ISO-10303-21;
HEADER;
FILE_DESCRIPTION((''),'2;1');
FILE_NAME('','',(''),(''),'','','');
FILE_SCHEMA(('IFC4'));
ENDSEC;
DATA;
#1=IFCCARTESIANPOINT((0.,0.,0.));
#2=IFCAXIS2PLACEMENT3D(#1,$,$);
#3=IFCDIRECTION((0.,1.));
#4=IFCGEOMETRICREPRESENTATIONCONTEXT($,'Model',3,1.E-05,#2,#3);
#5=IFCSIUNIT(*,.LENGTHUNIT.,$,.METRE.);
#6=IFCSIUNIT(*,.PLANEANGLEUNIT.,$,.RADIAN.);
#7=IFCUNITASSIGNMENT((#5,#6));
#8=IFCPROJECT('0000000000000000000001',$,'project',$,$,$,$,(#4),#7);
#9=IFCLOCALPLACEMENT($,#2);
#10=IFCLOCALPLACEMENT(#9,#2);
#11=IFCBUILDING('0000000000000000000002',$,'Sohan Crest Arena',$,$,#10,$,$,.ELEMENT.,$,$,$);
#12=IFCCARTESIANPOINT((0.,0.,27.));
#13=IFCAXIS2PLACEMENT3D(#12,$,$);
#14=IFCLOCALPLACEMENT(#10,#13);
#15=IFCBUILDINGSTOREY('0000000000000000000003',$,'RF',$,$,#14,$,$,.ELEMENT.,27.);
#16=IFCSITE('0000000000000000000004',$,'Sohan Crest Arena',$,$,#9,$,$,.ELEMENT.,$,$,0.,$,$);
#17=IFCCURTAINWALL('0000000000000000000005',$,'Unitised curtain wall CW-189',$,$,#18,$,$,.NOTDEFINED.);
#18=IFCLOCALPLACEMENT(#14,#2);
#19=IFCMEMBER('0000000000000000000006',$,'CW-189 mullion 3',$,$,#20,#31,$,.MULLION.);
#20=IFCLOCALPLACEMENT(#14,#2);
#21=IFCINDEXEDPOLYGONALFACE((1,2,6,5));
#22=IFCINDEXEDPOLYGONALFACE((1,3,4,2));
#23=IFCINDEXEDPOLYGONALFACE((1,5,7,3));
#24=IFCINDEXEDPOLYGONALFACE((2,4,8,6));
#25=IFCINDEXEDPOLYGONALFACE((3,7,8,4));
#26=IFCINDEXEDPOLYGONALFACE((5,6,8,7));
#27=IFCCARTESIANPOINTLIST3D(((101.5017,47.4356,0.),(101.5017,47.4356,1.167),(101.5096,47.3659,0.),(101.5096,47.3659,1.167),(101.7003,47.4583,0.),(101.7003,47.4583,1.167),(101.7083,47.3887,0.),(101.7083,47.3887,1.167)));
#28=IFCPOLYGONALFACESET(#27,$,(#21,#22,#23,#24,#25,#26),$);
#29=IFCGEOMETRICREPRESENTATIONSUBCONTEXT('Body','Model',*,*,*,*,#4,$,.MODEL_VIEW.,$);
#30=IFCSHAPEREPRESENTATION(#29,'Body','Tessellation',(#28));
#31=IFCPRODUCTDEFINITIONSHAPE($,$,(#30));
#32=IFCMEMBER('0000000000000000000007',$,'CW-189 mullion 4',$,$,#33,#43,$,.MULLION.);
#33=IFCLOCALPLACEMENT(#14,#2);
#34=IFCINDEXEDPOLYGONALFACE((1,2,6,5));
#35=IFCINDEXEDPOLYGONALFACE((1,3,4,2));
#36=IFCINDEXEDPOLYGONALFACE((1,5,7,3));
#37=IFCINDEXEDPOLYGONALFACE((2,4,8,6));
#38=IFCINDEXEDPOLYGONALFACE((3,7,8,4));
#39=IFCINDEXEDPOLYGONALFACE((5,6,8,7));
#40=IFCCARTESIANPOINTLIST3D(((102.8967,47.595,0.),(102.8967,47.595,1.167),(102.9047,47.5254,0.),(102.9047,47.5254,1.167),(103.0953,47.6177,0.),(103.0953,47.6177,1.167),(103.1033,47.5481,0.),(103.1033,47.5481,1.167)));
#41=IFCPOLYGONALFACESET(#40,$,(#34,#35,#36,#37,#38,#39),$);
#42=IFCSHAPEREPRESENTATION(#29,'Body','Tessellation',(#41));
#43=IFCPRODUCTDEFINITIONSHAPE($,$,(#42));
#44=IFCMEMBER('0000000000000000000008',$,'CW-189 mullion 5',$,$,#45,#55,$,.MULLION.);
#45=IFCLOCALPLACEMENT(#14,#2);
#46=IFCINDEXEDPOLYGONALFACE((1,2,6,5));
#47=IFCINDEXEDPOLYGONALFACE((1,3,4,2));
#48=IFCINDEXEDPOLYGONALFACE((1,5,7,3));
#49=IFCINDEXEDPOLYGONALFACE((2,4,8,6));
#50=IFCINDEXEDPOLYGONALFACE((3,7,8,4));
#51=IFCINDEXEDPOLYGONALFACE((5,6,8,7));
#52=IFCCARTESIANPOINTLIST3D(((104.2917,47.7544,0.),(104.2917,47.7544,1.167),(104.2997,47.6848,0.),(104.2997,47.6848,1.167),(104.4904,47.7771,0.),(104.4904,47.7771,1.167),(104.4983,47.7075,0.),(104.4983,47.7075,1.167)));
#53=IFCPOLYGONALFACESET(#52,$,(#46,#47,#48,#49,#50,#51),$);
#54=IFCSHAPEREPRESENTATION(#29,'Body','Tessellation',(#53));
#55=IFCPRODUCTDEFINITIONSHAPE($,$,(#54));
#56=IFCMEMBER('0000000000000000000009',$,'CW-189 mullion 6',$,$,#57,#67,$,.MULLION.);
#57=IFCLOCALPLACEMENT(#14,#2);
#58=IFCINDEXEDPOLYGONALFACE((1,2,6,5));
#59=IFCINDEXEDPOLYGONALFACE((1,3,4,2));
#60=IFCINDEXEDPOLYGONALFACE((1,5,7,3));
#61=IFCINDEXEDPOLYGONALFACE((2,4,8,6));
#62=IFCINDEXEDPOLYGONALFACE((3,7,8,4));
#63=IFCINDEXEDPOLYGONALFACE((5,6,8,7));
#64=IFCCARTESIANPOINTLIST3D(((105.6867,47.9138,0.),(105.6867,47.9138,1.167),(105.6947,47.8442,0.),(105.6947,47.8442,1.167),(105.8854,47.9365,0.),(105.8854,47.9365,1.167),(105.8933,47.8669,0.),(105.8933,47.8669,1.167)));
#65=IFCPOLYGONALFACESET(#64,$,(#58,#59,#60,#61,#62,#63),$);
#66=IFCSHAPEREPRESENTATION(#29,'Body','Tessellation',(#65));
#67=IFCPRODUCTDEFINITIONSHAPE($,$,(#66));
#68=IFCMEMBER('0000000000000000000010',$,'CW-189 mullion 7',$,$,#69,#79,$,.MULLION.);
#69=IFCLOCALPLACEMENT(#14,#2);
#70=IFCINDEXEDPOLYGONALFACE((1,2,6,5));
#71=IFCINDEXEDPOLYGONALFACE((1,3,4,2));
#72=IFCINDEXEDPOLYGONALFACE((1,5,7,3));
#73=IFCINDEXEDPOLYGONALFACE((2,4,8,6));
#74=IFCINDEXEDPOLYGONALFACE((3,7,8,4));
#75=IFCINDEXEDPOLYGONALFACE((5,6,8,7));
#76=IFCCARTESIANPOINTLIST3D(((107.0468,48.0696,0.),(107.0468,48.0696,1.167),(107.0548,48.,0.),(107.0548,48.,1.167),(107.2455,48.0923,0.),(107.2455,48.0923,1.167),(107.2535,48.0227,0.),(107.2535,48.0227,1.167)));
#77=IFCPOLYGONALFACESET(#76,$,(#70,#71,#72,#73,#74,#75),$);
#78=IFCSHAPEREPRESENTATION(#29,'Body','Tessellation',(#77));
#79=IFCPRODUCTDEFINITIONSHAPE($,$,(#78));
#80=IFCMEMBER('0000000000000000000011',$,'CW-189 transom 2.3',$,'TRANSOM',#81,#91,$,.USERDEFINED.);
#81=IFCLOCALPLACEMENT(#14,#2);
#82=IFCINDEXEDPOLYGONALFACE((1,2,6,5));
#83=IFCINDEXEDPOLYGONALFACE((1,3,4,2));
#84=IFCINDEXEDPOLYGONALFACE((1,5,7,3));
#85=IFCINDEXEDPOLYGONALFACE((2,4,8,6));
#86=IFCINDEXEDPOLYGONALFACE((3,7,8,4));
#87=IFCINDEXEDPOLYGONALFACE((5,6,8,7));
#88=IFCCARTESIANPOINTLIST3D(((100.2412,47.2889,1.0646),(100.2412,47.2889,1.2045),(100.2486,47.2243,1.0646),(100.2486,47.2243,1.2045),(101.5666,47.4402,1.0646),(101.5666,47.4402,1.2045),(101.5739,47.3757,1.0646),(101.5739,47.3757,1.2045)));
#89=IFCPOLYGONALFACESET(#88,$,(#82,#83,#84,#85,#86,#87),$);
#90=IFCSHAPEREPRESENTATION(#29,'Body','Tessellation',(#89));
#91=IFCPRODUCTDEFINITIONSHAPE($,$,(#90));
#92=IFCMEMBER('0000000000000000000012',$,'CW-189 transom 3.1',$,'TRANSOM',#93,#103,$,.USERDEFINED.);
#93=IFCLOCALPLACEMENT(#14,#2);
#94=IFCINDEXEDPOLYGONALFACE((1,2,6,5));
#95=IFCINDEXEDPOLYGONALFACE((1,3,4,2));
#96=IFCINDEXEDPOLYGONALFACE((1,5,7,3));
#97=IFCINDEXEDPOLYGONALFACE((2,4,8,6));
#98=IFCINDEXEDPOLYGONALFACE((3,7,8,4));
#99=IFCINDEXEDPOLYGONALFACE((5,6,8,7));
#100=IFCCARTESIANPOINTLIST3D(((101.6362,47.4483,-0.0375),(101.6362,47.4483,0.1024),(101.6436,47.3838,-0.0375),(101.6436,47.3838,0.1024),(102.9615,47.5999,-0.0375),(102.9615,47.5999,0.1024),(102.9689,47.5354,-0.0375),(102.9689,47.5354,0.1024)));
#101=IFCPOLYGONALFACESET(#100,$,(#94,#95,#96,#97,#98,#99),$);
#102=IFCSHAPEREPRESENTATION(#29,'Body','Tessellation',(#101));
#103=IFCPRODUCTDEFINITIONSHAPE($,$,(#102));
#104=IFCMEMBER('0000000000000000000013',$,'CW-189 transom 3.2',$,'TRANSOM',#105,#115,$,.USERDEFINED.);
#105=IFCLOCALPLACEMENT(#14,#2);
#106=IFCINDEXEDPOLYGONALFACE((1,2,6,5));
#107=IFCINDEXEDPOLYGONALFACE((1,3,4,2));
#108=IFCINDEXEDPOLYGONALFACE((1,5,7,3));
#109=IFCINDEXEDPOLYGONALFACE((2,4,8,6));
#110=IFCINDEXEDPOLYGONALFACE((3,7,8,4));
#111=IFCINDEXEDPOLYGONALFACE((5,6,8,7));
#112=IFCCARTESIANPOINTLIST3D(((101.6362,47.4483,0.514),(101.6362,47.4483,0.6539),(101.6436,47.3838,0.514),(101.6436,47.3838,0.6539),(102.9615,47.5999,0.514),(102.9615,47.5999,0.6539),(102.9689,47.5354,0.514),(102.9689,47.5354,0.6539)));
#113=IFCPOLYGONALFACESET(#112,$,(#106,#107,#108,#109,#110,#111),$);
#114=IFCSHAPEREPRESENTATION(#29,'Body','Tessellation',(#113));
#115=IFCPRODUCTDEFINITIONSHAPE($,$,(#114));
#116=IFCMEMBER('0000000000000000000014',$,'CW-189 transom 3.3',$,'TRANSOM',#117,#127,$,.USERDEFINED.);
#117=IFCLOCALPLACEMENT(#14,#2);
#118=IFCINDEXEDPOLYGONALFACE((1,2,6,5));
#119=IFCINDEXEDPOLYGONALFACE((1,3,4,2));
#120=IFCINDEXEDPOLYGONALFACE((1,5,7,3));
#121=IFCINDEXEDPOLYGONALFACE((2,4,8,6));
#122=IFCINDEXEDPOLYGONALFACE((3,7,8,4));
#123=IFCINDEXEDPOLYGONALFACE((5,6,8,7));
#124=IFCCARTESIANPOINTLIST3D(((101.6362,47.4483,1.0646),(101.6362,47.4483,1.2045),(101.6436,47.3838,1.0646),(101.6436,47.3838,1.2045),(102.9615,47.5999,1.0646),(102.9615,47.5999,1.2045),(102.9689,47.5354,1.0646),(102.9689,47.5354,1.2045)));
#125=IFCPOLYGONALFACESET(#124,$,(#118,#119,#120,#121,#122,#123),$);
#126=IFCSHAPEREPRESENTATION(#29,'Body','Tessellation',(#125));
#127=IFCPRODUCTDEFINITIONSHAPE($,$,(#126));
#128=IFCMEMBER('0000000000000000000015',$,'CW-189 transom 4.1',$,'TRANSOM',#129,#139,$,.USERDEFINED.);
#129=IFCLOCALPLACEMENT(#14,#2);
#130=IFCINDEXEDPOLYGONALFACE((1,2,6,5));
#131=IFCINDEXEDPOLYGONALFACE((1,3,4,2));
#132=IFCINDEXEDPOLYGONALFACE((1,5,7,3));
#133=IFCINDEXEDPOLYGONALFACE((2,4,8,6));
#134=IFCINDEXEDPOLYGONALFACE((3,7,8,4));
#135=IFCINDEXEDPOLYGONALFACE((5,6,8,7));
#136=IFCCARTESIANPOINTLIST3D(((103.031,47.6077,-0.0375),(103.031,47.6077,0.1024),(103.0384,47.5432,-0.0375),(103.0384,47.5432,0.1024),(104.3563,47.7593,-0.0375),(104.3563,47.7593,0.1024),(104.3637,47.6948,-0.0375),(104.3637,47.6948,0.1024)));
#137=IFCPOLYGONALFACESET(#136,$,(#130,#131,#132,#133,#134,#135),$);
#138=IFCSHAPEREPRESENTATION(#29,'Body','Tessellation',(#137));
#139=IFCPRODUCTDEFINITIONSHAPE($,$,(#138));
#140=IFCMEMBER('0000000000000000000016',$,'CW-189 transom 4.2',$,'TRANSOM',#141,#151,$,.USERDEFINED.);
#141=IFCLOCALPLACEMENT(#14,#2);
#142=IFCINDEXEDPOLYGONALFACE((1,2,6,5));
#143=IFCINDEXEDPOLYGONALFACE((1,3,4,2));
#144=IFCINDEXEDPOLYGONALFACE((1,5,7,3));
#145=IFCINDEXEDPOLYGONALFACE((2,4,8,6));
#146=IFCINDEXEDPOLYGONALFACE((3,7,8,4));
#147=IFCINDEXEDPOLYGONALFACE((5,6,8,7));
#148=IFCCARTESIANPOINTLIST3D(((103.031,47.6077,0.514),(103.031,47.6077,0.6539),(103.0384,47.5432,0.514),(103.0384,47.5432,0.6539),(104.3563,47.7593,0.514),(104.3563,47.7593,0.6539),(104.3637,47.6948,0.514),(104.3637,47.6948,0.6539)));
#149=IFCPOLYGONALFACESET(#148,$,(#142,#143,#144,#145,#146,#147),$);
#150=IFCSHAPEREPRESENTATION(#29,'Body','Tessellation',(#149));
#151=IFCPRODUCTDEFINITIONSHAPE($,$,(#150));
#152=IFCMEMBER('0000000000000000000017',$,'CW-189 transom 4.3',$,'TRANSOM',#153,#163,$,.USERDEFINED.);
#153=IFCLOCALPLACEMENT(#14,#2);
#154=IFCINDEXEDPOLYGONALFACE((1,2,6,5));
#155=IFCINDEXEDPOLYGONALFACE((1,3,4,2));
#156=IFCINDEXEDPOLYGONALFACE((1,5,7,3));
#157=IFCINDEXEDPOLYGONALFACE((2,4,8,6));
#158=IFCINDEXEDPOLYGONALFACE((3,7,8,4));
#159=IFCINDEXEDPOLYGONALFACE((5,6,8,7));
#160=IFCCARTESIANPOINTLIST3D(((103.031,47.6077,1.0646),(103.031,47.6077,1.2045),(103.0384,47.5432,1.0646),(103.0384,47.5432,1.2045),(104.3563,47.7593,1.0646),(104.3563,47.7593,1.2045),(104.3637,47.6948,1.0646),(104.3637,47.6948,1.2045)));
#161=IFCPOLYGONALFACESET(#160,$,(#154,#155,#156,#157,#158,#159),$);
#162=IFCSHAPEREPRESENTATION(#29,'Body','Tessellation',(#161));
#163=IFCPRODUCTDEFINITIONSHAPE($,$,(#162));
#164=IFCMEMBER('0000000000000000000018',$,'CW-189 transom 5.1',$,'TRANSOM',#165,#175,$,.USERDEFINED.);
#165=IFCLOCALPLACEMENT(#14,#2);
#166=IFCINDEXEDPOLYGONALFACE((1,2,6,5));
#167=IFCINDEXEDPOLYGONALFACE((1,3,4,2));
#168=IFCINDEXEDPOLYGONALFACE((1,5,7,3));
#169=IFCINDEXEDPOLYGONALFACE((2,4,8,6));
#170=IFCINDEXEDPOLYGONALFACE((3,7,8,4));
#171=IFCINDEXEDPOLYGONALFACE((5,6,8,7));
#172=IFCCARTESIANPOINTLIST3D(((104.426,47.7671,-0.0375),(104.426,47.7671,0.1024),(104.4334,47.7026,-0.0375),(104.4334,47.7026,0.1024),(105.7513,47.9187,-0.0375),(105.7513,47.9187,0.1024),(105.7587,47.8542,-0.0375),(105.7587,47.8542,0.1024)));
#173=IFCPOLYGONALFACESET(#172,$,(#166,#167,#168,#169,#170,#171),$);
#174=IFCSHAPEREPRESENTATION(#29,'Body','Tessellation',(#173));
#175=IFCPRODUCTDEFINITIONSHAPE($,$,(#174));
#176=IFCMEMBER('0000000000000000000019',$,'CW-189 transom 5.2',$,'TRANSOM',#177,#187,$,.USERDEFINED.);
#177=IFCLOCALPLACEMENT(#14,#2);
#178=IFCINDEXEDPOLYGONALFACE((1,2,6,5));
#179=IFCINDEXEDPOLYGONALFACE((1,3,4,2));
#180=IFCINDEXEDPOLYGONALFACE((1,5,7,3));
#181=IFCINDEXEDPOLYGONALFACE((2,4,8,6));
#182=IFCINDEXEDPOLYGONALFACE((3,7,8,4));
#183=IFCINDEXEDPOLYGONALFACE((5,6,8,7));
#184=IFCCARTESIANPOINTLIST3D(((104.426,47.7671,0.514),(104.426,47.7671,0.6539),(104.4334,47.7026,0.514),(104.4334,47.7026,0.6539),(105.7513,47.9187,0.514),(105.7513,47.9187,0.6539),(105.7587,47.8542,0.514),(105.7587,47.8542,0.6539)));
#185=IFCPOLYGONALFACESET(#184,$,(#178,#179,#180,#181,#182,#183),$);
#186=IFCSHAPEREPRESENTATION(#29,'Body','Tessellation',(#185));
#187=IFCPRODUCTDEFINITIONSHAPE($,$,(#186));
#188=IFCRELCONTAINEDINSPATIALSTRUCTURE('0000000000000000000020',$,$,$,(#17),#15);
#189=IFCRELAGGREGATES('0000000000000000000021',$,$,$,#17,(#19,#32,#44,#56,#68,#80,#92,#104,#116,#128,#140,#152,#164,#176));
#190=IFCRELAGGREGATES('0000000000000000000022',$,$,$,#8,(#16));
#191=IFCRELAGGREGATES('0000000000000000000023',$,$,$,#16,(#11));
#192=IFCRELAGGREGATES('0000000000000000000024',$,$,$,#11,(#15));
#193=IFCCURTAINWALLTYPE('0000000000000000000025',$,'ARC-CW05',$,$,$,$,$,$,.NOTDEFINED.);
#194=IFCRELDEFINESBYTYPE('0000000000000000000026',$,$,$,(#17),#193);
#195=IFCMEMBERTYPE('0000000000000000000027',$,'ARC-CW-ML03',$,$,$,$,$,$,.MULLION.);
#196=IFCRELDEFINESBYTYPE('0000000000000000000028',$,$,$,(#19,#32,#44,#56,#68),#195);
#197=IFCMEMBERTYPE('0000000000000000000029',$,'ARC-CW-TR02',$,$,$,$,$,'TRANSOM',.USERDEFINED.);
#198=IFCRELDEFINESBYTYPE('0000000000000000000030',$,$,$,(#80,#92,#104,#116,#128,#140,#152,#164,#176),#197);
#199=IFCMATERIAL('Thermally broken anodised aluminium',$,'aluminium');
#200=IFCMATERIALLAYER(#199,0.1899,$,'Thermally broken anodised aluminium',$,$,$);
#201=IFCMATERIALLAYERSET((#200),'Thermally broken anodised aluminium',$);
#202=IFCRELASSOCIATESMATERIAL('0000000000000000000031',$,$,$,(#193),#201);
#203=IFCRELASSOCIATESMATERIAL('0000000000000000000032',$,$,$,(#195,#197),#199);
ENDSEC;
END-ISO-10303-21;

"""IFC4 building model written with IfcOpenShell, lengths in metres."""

from ifc_helpers import new_model, si_unit, direction, frame, origin, origin_2d, place, context, subcontext, project, spatial, rectangle, extrude, material, layer, layer_set, material_profile, profile_set, type_object, element, aggregate, save


model = new_model("IFC4")

# Units and contexts
model_context = context("Model", 3, precision=1e-05, world=origin(), true_north=direction((0.0, 1.0)))
body_context = subcontext(model_context, "Body", "Model", "MODEL_VIEW")
ifc_project = project(units=[si_unit("LENGTHUNIT", "METRE"), si_unit("PLANEANGLEUNIT", "RADIAN")], contexts=[model_context])

# Site, building, storey
site_placement = place(None, origin())
site = spatial("IfcSite", under=ifc_project, at=site_placement, Name="Sohan Crest Arena", CompositionType="ELEMENT", RefElevation=0.0)
building_placement = place(site_placement, origin())
building = spatial("IfcBuilding", under=site, at=building_placement, Name="Sohan Crest Arena", CompositionType="ELEMENT")
storey_placement = place(building_placement, frame((0.0, 0.0, 27.0)))
storey = spatial("IfcBuildingStorey", under=building, at=storey_placement, Name="RF", CompositionType="ELEMENT", Elevation=27.0)

# Curtain wall, members
ifc_material_1 = material(Name="Thermally broken anodised aluminium", Category="aluminium")
ifc_layer_1 = layer(ifc_material_1, 0.1899, Name="Thermally broken anodised aluminium")
ifc_layer_set_1 = layer_set([ifc_layer_1], Name="Thermally broken anodised aluminium")
curtain_wall_type = type_object("IfcCurtainWallType", Name="ARC-CW05", PredefinedType="NOTDEFINED", material=ifc_layer_set_1)
curtain_wall_placement = place(storey_placement, origin())
curtain_wall = element("IfcCurtainWall", 1, at=curtain_wall_placement, inside=storey, type_object=curtain_wall_type, Name="Unitised curtain wall CW-189", PredefinedType="NOTDEFINED")
ifc_material_profile_1 = material_profile(ifc_material_1, rectangle(XDim=0.0701, YDim=0.2, at=origin_2d()), Name="ALU-MULL 70x200")
ifc_profile_set_1 = profile_set([ifc_material_profile_1], Name="Thermally broken anodised aluminium")
member_type_1 = type_object("IfcMemberType", Name="ARC-CW-ML03", PredefinedType="MULLION", material=ifc_profile_set_1)
member_1_placement = place(storey_placement, frame((101.605, 47.4121, 0.0), z_axis=(0.0, 0.0, 1.0), x_axis=(-0.113597, 0.993527, 0.0)))
member_1 = element("IfcMember", 2, at=member_1_placement, type_object=member_type_1, Name="CW-189 mullion 3", PredefinedType="MULLION", context=body_context, shape_type="SweptSolid", body=[
    extrude(rectangle(XDim=0.0701, YDim=0.2, at=origin_2d()), origin(), (0.0, 0.0, 1.0), 1.167),
])
member_2_placement = place(storey_placement, frame((103.0, 47.5715, 0.0), z_axis=(0.0, 0.0, 1.0), x_axis=(-0.113597, 0.993527, 0.0)))
member_2 = element("IfcMember", 3, at=member_2_placement, type_object=member_type_1, Name="CW-189 mullion 4", PredefinedType="MULLION", context=body_context, shape_type="SweptSolid", body=[
    extrude(rectangle(XDim=0.0701, YDim=0.2, at=origin_2d()), origin(), (0.0, 0.0, 1.0), 1.167),
])
member_3_placement = place(storey_placement, frame((104.395, 47.731, 0.0), z_axis=(0.0, 0.0, 1.0), x_axis=(-0.113597, 0.993527, 0.0)))
member_3 = element("IfcMember", 4, at=member_3_placement, type_object=member_type_1, Name="CW-189 mullion 5", PredefinedType="MULLION", context=body_context, shape_type="SweptSolid", body=[
    extrude(rectangle(XDim=0.0701, YDim=0.2, at=origin_2d()), origin(), (0.0, 0.0, 1.0), 1.167),
])
member_4_placement = place(storey_placement, frame((105.79, 47.8904, 0.0), z_axis=(0.0, 0.0, 1.0), x_axis=(-0.113597, 0.993527, 0.0)))
member_4 = element("IfcMember", 5, at=member_4_placement, type_object=member_type_1, Name="CW-189 mullion 6", PredefinedType="MULLION", context=body_context, shape_type="SweptSolid", body=[
    extrude(rectangle(XDim=0.0701, YDim=0.2, at=origin_2d()), origin(), (0.0, 0.0, 1.0), 1.167),
])
member_5_placement = place(storey_placement, frame((107.1501, 48.0461, 0.0), z_axis=(0.0, 0.0, 1.0), x_axis=(-0.113597, 0.993527, 0.0)))
member_5 = element("IfcMember", 6, at=member_5_placement, type_object=member_type_1, Name="CW-189 mullion 7", PredefinedType="MULLION", context=body_context, shape_type="SweptSolid", body=[
    extrude(rectangle(XDim=0.0701, YDim=0.2, at=origin_2d()), origin(), (0.0, 0.0, 1.0), 1.167),
])
ifc_material_profile_2 = material_profile(ifc_material_1, rectangle(XDim=0.0649, YDim=0.1399, at=origin_2d()), Name="ALU-TRAN 65x140")
ifc_profile_set_2 = profile_set([ifc_material_profile_2], Name="Thermally broken anodised aluminium")
member_type_2 = type_object("IfcMemberType", Name="ARC-CW-TR02", ElementType="TRANSOM", PredefinedType="USERDEFINED", material=ifc_profile_set_2)
member_6_placement = place(storey_placement, frame((100.2449, 47.2566, 1.1345), z_axis=(0.993542, 0.113464, 0.0), x_axis=(-0.113464, 0.993542, 0.0)))
member_6 = element("IfcMember", 7, at=member_6_placement, type_object=member_type_2, Name="CW-189 transom 2.3", ObjectType="TRANSOM", PredefinedType="USERDEFINED", context=body_context, shape_type="SweptSolid", body=[
    extrude(rectangle(XDim=0.0649, YDim=0.1399, at=origin_2d()), origin(), (0.0, 0.0, 1.0), 1.334),
])
member_7_placement = place(storey_placement, frame((101.6399, 47.416, 0.0325), z_axis=(0.993521, 0.113645, 0.0), x_axis=(-0.113645, 0.993521, 0.0)))
member_7 = element("IfcMember", 8, at=member_7_placement, type_object=member_type_2, Name="CW-189 transom 3.1", ObjectType="TRANSOM", PredefinedType="USERDEFINED", context=body_context, shape_type="SweptSolid", body=[
    extrude(rectangle(XDim=0.0649, YDim=0.1399, at=origin_2d()), origin(), (0.0, 0.0, 1.0), 1.334),
])
member_8_placement = place(storey_placement, frame((101.6399, 47.416, 0.584), z_axis=(0.993521, 0.113645, 0.0), x_axis=(-0.113645, 0.993521, 0.0)))
member_8 = element("IfcMember", 9, at=member_8_placement, type_object=member_type_2, Name="CW-189 transom 3.2", ObjectType="TRANSOM", PredefinedType="USERDEFINED", context=body_context, shape_type="SweptSolid", body=[
    extrude(rectangle(XDim=0.0649, YDim=0.1399, at=origin_2d()), origin(), (0.0, 0.0, 1.0), 1.334),
])
member_9_placement = place(storey_placement, frame((101.6399, 47.416, 1.1345), z_axis=(0.993521, 0.113645, 0.0), x_axis=(-0.113645, 0.993521, 0.0)))
member_9 = element("IfcMember", 10, at=member_9_placement, type_object=member_type_2, Name="CW-189 transom 3.3", ObjectType="TRANSOM", PredefinedType="USERDEFINED", context=body_context, shape_type="SweptSolid", body=[
    extrude(rectangle(XDim=0.0649, YDim=0.1399, at=origin_2d()), origin(), (0.0, 0.0, 1.0), 1.334),
])
member_10_placement = place(storey_placement, frame((103.0347, 47.5754, 0.0325), z_axis=(0.993521, 0.113645, 0.0), x_axis=(-0.113645, 0.993521, 0.0)))
member_10 = element("IfcMember", 11, at=member_10_placement, type_object=member_type_2, Name="CW-189 transom 4.1", ObjectType="TRANSOM", PredefinedType="USERDEFINED", context=body_context, shape_type="SweptSolid", body=[
    extrude(rectangle(XDim=0.0649, YDim=0.1399, at=origin_2d()), origin(), (0.0, 0.0, 1.0), 1.334),
])
member_11_placement = place(storey_placement, frame((103.0347, 47.5754, 0.584), z_axis=(0.993521, 0.113645, 0.0), x_axis=(-0.113645, 0.993521, 0.0)))
member_11 = element("IfcMember", 12, at=member_11_placement, type_object=member_type_2, Name="CW-189 transom 4.2", ObjectType="TRANSOM", PredefinedType="USERDEFINED", context=body_context, shape_type="SweptSolid", body=[
    extrude(rectangle(XDim=0.0649, YDim=0.1399, at=origin_2d()), origin(), (0.0, 0.0, 1.0), 1.334),
])
member_12_placement = place(storey_placement, frame((103.0347, 47.5754, 1.1345), z_axis=(0.993521, 0.113645, 0.0), x_axis=(-0.113645, 0.993521, 0.0)))
member_12 = element("IfcMember", 13, at=member_12_placement, type_object=member_type_2, Name="CW-189 transom 4.3", ObjectType="TRANSOM", PredefinedType="USERDEFINED", context=body_context, shape_type="SweptSolid", body=[
    extrude(rectangle(XDim=0.0649, YDim=0.1399, at=origin_2d()), origin(), (0.0, 0.0, 1.0), 1.334),
])
member_13_placement = place(storey_placement, frame((104.4297, 47.7349, 0.0325), z_axis=(0.993521, 0.113645, 0.0), x_axis=(-0.113645, 0.993521, 0.0)))
member_13 = element("IfcMember", 14, at=member_13_placement, type_object=member_type_2, Name="CW-189 transom 5.1", ObjectType="TRANSOM", PredefinedType="USERDEFINED", context=body_context, shape_type="SweptSolid", body=[
    extrude(rectangle(XDim=0.0649, YDim=0.1399, at=origin_2d()), origin(), (0.0, 0.0, 1.0), 1.334),
])
member_14_placement = place(storey_placement, frame((104.4297, 47.7349, 0.584), z_axis=(0.993521, 0.113645, 0.0), x_axis=(-0.113645, 0.993521, 0.0)))
member_14 = element("IfcMember", 15, at=member_14_placement, type_object=member_type_2, Name="CW-189 transom 5.2", ObjectType="TRANSOM", PredefinedType="USERDEFINED", context=body_context, shape_type="SweptSolid", body=[
    extrude(rectangle(XDim=0.0649, YDim=0.1399, at=origin_2d()), origin(), (0.0, 0.0, 1.0), 1.334),
])
aggregate(curtain_wall, [member_1, member_2, member_3, member_4, member_5, member_6, member_7, member_8, member_9, member_10, member_11, member_12, member_13, member_14])

save(model, "model.ifc")
